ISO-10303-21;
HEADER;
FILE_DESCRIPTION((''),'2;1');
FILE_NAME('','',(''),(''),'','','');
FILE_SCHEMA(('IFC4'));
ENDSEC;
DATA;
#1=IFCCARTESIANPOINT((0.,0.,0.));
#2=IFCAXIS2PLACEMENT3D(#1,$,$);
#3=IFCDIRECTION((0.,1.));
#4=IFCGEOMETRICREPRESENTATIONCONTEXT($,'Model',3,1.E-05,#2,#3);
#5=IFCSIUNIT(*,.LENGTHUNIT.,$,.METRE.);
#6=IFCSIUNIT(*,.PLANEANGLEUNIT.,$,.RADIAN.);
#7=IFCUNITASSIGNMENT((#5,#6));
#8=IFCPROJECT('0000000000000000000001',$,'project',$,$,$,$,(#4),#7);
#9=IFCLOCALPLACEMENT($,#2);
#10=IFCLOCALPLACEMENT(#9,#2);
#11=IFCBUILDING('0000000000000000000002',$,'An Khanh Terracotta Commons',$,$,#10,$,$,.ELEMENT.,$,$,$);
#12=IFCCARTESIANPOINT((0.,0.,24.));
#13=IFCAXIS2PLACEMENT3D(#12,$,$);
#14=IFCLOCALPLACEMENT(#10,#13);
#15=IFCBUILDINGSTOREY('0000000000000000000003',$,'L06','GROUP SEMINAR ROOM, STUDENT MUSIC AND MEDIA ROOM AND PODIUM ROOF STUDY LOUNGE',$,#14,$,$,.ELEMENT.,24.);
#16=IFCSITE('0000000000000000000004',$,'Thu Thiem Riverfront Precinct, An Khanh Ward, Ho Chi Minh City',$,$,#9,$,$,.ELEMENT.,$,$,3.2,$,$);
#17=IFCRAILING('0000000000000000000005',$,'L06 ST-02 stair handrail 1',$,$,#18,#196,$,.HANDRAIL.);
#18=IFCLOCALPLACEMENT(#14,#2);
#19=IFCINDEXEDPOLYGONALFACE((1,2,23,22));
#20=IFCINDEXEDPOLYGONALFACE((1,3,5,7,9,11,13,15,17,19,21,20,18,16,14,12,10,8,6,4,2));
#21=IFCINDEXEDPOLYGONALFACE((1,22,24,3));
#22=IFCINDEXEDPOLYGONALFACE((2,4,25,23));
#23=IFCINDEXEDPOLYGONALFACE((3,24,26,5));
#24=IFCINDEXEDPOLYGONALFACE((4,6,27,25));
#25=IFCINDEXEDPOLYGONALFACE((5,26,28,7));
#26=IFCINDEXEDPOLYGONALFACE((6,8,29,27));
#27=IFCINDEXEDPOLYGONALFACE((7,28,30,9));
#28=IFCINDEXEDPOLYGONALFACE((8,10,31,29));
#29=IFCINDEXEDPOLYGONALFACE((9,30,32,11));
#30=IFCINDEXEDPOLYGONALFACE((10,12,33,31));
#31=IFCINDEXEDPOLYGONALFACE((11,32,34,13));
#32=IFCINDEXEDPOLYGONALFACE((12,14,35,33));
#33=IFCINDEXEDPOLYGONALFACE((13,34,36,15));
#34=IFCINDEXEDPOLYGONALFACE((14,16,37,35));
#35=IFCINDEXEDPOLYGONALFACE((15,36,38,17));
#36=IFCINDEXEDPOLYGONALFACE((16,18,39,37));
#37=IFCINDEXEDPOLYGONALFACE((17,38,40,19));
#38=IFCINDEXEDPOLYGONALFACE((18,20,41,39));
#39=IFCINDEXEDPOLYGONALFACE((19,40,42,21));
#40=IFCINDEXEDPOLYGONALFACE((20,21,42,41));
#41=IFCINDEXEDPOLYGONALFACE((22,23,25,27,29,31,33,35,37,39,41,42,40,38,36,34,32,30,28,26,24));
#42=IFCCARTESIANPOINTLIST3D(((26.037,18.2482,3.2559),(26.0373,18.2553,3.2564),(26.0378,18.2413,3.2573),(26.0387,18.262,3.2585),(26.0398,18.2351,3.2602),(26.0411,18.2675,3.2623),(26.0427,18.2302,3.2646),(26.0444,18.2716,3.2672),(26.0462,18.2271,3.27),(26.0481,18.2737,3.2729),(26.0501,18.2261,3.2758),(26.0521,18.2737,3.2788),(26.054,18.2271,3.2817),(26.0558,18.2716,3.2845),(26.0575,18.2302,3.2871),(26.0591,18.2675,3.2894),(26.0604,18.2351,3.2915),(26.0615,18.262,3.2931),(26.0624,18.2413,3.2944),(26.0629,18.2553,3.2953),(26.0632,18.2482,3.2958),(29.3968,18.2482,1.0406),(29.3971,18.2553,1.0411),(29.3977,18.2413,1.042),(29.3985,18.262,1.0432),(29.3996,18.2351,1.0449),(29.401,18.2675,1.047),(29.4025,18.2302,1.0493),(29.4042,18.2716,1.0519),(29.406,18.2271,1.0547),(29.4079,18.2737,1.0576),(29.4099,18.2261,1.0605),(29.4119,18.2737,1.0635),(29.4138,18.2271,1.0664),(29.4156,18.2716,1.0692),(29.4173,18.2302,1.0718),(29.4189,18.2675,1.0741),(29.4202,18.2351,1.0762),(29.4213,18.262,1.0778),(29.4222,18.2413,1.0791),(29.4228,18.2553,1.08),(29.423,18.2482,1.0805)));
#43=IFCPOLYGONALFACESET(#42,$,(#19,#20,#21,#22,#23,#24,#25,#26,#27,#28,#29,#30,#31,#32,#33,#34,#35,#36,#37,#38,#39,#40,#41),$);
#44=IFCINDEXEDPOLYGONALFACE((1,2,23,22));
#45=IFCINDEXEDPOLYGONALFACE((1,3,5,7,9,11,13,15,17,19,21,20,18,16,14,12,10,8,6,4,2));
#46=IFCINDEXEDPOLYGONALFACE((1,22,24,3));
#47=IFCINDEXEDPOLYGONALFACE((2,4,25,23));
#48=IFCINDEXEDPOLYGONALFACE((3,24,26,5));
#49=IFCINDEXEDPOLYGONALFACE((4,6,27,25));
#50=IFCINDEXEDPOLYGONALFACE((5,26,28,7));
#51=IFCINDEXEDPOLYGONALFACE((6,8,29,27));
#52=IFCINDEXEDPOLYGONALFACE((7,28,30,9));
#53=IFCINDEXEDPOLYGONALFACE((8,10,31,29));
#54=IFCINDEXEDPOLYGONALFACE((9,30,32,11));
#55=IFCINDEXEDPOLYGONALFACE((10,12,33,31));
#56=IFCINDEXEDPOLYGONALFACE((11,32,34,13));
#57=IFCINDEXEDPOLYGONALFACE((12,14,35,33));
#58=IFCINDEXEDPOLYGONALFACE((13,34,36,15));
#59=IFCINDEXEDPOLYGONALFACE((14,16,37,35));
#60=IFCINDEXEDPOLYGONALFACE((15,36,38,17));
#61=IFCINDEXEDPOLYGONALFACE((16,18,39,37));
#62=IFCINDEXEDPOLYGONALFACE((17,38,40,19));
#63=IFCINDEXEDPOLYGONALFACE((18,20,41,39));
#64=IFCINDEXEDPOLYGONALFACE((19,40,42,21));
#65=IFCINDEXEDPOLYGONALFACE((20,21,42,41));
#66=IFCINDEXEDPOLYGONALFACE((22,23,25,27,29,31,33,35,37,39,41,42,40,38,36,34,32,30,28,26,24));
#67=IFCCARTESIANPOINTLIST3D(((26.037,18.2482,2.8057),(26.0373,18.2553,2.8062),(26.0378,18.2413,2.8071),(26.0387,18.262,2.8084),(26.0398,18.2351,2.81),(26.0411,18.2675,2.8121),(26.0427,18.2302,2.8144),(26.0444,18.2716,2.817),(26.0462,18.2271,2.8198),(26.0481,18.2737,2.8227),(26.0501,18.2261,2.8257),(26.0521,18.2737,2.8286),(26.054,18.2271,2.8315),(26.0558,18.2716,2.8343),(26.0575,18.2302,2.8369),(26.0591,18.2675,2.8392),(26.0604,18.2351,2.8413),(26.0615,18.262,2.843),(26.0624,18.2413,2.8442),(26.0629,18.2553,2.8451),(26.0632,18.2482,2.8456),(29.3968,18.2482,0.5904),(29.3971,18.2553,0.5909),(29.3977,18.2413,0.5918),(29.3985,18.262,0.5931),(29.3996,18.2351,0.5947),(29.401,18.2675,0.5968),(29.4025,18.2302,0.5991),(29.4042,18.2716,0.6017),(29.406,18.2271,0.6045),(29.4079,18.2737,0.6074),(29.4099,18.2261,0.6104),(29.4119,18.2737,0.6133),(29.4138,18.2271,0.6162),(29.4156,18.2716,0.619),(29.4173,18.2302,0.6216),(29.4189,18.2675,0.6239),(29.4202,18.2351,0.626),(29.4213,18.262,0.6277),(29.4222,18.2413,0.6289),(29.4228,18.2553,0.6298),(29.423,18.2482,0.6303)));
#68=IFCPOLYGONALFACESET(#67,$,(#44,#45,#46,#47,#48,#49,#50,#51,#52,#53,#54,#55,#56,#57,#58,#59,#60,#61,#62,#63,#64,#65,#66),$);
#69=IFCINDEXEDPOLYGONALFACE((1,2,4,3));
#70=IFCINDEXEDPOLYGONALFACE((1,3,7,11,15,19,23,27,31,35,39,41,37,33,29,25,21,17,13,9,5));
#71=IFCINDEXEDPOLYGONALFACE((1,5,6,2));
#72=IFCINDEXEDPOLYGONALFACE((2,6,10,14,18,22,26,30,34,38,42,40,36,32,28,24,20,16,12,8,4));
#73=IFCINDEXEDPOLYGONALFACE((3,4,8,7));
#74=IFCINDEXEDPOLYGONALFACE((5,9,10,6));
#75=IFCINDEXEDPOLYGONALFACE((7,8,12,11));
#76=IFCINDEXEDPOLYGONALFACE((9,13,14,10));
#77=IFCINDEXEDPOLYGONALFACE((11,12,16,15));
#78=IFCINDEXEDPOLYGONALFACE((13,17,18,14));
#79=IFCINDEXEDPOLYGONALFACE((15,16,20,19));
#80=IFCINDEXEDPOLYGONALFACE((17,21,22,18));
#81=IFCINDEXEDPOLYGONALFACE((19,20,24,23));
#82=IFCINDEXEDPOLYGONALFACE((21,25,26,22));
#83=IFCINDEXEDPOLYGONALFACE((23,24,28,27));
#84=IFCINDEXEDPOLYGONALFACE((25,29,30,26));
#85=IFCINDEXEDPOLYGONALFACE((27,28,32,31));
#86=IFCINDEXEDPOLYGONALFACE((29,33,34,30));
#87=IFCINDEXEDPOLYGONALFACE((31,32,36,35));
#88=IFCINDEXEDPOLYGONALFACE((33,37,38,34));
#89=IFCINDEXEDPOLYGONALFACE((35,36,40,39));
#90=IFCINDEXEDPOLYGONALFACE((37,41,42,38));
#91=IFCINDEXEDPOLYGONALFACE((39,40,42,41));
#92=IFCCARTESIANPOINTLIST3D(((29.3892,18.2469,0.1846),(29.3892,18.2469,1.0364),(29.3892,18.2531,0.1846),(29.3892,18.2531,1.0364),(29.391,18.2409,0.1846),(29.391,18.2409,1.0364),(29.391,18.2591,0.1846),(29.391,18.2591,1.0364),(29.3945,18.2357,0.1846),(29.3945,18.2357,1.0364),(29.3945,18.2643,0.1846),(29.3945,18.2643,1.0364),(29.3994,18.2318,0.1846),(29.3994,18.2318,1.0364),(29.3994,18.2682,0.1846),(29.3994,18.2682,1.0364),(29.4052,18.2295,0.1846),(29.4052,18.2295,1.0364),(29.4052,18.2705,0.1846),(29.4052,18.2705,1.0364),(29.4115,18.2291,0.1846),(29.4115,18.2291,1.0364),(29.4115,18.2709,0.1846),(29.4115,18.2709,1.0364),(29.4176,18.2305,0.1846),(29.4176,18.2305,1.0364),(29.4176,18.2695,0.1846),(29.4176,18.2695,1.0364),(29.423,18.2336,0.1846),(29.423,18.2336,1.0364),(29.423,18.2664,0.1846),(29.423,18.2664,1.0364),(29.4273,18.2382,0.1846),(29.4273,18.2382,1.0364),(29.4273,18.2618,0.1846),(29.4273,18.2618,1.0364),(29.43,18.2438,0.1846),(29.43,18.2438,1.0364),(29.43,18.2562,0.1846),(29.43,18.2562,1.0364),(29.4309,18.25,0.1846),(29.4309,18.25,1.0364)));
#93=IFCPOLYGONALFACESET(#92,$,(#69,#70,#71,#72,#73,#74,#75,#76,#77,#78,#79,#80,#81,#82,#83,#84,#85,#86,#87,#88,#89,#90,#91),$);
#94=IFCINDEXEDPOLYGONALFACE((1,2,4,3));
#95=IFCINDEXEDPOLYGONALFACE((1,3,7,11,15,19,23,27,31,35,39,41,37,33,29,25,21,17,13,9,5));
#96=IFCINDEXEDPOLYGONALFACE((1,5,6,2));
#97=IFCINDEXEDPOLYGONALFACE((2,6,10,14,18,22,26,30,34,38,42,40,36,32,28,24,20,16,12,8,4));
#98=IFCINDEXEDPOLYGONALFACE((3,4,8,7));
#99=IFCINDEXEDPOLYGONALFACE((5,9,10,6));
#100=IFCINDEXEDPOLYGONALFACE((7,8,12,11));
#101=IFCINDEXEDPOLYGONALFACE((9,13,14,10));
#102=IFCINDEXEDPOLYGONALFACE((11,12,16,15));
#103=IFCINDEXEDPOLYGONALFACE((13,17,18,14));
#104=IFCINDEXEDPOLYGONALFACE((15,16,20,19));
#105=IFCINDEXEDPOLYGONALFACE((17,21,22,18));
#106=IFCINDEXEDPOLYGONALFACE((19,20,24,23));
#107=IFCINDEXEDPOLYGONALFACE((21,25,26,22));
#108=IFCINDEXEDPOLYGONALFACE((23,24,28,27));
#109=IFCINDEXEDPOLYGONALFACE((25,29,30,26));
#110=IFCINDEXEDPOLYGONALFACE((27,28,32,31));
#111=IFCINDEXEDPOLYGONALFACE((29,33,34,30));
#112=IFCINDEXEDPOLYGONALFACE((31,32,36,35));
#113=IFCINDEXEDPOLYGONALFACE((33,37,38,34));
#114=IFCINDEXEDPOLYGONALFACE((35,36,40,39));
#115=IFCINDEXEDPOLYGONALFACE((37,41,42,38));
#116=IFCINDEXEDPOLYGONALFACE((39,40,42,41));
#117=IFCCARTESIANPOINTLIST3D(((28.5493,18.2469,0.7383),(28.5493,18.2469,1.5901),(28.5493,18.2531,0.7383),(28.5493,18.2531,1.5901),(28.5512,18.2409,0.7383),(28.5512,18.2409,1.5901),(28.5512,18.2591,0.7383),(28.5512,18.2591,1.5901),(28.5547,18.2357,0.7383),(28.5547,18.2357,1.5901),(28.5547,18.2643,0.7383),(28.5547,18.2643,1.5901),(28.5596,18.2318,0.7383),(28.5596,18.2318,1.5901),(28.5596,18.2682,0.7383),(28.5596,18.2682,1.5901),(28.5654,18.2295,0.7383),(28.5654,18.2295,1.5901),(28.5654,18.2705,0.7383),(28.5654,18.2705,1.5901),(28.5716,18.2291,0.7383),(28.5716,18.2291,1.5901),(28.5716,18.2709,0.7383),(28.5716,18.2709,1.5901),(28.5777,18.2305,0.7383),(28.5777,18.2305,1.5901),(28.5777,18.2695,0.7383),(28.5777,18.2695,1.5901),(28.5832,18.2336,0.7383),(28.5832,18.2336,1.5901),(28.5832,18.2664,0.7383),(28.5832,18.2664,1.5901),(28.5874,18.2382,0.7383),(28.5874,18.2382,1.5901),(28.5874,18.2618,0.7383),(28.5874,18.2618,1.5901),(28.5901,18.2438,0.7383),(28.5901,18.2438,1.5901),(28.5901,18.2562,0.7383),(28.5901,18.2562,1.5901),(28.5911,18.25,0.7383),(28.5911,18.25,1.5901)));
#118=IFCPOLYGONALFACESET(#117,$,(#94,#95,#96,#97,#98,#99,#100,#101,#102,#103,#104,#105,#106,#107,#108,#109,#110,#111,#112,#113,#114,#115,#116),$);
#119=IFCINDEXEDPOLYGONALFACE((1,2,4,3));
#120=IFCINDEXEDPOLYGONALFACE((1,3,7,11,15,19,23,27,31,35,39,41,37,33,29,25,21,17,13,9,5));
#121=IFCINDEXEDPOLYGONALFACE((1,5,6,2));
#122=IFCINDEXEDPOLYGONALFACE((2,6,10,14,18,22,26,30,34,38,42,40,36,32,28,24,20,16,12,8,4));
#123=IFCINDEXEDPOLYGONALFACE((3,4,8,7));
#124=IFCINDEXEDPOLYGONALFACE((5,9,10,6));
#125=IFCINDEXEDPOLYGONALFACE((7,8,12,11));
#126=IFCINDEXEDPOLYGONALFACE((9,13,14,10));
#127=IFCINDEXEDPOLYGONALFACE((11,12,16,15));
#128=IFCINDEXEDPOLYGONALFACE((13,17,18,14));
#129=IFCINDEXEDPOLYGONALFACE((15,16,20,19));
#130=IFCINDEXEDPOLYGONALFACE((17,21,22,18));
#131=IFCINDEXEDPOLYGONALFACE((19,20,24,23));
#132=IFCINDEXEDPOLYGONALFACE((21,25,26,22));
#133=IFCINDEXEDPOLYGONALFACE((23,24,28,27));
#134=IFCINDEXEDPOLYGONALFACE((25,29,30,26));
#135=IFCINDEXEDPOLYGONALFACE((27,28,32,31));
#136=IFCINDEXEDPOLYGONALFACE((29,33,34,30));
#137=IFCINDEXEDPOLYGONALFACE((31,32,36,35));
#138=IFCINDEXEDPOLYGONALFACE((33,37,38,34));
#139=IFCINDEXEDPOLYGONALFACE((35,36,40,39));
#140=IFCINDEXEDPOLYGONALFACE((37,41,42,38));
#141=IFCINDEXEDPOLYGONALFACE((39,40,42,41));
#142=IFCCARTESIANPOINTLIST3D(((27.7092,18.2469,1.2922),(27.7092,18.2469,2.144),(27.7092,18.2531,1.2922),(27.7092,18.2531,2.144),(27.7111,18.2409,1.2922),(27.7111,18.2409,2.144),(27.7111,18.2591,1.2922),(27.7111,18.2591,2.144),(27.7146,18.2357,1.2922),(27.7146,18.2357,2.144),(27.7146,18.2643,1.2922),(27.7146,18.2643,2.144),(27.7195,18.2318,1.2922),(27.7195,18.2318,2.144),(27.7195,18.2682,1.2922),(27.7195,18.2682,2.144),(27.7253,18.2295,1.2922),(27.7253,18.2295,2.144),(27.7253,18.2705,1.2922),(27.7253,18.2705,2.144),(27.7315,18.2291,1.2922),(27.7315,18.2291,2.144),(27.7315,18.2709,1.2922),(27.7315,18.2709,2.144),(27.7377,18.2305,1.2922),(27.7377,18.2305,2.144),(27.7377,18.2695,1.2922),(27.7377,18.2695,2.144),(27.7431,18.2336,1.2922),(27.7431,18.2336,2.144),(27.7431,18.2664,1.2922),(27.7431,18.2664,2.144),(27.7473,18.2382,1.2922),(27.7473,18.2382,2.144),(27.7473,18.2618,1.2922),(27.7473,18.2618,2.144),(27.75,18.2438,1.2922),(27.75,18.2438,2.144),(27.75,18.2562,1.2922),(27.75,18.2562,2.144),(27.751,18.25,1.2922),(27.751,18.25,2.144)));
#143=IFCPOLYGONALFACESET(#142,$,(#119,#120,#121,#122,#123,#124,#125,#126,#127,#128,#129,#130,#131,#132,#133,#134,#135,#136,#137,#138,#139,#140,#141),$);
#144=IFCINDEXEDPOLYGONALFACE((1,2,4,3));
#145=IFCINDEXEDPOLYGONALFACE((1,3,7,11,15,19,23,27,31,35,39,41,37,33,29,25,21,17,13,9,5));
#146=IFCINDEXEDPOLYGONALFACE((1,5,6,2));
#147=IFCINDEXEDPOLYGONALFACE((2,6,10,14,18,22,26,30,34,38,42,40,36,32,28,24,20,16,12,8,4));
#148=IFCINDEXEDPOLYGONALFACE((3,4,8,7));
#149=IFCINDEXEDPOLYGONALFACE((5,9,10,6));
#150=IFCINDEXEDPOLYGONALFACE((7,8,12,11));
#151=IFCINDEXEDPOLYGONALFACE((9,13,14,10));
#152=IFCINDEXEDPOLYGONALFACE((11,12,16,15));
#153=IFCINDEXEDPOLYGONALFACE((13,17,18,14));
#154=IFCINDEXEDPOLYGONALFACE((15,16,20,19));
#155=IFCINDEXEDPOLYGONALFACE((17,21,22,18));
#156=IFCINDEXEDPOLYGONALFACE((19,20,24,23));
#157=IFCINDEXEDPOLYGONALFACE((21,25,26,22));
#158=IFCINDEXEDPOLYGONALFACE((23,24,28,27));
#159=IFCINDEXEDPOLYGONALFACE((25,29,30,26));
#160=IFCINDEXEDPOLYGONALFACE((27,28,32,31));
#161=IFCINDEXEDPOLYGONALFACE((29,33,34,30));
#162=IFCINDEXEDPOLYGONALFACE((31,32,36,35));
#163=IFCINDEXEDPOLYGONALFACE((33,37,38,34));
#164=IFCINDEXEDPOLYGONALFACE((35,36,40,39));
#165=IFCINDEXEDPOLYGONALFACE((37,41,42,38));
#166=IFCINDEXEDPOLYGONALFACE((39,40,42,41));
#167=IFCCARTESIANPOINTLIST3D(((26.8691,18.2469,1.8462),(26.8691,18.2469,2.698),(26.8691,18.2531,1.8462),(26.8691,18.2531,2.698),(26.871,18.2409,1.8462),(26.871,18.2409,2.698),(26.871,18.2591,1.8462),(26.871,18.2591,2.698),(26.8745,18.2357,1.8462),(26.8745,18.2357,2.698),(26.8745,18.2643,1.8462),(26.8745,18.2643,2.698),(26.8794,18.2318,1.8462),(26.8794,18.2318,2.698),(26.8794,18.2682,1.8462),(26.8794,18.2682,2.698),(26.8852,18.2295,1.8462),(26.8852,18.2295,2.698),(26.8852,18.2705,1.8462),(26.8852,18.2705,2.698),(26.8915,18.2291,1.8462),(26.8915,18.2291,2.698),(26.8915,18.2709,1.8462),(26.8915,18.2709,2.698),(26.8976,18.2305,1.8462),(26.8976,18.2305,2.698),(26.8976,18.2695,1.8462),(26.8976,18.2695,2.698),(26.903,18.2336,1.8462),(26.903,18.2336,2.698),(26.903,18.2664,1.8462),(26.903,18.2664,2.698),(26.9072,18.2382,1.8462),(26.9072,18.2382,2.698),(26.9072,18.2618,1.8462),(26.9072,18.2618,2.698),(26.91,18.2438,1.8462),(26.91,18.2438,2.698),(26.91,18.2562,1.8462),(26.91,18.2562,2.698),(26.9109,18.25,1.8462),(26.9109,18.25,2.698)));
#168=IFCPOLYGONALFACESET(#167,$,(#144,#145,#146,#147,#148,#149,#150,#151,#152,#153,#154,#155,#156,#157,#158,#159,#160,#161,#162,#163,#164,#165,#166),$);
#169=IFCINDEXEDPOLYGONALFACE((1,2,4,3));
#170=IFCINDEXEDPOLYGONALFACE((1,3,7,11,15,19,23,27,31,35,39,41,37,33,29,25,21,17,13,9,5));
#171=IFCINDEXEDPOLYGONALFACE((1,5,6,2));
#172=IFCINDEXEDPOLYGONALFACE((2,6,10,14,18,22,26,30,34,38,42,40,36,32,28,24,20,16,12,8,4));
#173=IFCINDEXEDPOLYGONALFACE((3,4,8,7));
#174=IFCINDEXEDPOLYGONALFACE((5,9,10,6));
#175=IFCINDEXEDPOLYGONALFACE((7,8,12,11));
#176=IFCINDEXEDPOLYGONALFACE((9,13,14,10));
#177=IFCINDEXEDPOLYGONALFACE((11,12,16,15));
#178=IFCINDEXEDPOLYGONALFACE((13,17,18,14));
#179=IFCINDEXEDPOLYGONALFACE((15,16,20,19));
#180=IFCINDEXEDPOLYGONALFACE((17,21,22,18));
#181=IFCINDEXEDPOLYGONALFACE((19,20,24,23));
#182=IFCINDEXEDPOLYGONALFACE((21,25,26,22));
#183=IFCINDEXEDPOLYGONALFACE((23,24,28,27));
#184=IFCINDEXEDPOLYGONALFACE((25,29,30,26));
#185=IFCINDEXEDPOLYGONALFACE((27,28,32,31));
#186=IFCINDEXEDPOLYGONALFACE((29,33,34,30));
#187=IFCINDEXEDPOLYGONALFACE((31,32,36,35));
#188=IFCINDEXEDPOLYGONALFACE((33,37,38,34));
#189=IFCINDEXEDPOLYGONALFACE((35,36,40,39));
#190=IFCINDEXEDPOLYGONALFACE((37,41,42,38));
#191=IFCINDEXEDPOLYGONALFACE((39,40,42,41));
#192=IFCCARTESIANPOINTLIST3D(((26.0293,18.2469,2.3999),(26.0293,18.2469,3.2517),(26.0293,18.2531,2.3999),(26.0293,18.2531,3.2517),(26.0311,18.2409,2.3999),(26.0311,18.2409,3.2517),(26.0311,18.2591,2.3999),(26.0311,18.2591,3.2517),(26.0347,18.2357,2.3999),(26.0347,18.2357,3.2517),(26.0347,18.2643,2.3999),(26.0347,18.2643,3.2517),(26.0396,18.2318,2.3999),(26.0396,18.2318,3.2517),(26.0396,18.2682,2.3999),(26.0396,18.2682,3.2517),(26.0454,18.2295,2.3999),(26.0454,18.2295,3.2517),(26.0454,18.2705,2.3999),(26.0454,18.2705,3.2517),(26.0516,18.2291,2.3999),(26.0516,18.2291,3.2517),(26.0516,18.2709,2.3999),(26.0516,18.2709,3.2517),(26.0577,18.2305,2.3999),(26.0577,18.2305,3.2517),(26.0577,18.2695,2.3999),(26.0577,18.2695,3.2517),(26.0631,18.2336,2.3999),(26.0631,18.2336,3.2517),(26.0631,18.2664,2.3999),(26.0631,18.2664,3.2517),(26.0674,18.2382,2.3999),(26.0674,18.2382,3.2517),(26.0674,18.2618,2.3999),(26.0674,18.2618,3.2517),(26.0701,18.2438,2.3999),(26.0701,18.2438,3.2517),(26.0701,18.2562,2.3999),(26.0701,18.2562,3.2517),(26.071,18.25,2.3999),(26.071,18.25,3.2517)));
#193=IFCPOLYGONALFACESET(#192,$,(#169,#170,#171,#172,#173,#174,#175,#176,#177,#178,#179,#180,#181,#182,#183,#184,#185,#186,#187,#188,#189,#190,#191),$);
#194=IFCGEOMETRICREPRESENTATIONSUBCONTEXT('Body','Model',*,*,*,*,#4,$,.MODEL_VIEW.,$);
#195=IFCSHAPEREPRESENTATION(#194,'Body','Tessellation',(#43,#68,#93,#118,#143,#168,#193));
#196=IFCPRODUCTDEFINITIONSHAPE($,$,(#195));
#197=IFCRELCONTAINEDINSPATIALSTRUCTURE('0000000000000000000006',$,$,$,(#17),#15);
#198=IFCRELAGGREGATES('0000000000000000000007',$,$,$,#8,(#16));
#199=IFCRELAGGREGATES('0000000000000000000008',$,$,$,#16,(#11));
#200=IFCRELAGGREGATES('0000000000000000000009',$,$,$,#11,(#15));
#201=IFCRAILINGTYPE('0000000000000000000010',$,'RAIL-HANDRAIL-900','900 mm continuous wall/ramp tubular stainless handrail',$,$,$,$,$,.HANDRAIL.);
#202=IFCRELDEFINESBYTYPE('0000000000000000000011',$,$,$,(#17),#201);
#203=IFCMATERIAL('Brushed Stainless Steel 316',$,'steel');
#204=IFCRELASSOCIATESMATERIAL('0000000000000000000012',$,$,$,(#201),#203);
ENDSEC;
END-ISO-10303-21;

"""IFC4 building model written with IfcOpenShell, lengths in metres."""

from ifc_helpers import new_model, si_unit, direction, frame, origin, origin_2d, place, context, subcontext, project, spatial, circle, extrude, material, type_object, element, save


model = new_model("IFC4")

# Units and contexts
model_context = context("Model", 3, precision=1e-05, world=origin(), true_north=direction((0.0, 1.0)))
body_context = subcontext(model_context, "Body", "Model", "MODEL_VIEW")
ifc_project = project(units=[si_unit("LENGTHUNIT", "METRE"), si_unit("PLANEANGLEUNIT", "RADIAN")], contexts=[model_context])

# Site, building, storey
site_placement = place(None, origin())
site = spatial("IfcSite", under=ifc_project, at=site_placement, Name="Thu Thiem Riverfront Precinct, An Khanh Ward, Ho Chi Minh City", CompositionType="ELEMENT", RefElevation=3.2)
building_placement = place(site_placement, origin())
building = spatial("IfcBuilding", under=site, at=building_placement, Name="An Khanh Terracotta Commons", CompositionType="ELEMENT")
storey_placement = place(building_placement, frame((0.0, 0.0, 24.0)))
storey = spatial("IfcBuildingStorey", under=building, at=storey_placement, Name="L06", Description="GROUP SEMINAR ROOM, STUDENT MUSIC AND MEDIA ROOM AND PODIUM ROOF STUDY LOUNGE", CompositionType="ELEMENT", Elevation=24.0)

# Railing
ifc_material_1 = material(Name="Brushed Stainless Steel 316", Category="steel")
railing_type_1 = type_object("IfcRailingType", Name="RAIL-HANDRAIL-900", Description="900 mm continuous wall/ramp tubular stainless handrail", PredefinedType="HANDRAIL", material=ifc_material_1)
railing_1_placement = place(storey_placement, frame((29.4099, 18.25, 0.1846)))
element("IfcRailing", 1, at=railing_1_placement, inside=storey, type_object=railing_type_1, Name="L06 ST-02 stair handrail 1", PredefinedType="HANDRAIL", context=body_context, shape_type="SweptSolid", body=[
    extrude(circle(Radius=0.0239, at=origin_2d()), frame((0.0, 0.0, 0.876), z_axis=(-0.834858, 0.0, 0.550465), x_axis=(0.0, -1.0, 0.0)), (0.0, 0.0, 1.0), 4.0244),
    extrude(circle(Radius=0.0239, at=origin_2d()), frame((0.0, 0.0, 0.4258), z_axis=(-0.834858, 0.0, 0.550465), x_axis=(0.0, -1.0, 0.0)), (0.0, 0.0, 1.0), 4.0244),
    extrude(circle(Radius=0.021, at=origin_2d()), origin(), (0.0, 0.0, 1.0), 0.8518),
    extrude(circle(Radius=0.021, at=origin_2d()), frame((-0.8398, 0.0, 0.5537)), (0.0, 0.0, 1.0), 0.8518),
    extrude(circle(Radius=0.021, at=origin_2d()), frame((-1.6799, 0.0, 1.1077)), (0.0, 0.0, 1.0), 0.8518),
    extrude(circle(Radius=0.021, at=origin_2d()), frame((-2.52, 0.0, 1.6616)), (0.0, 0.0, 1.0), 0.8518),
    extrude(circle(Radius=0.021, at=origin_2d()), frame((-3.3599, 0.0, 2.2153)), (0.0, 0.0, 1.0), 0.8518),
])

save(model, "model.ifc")
